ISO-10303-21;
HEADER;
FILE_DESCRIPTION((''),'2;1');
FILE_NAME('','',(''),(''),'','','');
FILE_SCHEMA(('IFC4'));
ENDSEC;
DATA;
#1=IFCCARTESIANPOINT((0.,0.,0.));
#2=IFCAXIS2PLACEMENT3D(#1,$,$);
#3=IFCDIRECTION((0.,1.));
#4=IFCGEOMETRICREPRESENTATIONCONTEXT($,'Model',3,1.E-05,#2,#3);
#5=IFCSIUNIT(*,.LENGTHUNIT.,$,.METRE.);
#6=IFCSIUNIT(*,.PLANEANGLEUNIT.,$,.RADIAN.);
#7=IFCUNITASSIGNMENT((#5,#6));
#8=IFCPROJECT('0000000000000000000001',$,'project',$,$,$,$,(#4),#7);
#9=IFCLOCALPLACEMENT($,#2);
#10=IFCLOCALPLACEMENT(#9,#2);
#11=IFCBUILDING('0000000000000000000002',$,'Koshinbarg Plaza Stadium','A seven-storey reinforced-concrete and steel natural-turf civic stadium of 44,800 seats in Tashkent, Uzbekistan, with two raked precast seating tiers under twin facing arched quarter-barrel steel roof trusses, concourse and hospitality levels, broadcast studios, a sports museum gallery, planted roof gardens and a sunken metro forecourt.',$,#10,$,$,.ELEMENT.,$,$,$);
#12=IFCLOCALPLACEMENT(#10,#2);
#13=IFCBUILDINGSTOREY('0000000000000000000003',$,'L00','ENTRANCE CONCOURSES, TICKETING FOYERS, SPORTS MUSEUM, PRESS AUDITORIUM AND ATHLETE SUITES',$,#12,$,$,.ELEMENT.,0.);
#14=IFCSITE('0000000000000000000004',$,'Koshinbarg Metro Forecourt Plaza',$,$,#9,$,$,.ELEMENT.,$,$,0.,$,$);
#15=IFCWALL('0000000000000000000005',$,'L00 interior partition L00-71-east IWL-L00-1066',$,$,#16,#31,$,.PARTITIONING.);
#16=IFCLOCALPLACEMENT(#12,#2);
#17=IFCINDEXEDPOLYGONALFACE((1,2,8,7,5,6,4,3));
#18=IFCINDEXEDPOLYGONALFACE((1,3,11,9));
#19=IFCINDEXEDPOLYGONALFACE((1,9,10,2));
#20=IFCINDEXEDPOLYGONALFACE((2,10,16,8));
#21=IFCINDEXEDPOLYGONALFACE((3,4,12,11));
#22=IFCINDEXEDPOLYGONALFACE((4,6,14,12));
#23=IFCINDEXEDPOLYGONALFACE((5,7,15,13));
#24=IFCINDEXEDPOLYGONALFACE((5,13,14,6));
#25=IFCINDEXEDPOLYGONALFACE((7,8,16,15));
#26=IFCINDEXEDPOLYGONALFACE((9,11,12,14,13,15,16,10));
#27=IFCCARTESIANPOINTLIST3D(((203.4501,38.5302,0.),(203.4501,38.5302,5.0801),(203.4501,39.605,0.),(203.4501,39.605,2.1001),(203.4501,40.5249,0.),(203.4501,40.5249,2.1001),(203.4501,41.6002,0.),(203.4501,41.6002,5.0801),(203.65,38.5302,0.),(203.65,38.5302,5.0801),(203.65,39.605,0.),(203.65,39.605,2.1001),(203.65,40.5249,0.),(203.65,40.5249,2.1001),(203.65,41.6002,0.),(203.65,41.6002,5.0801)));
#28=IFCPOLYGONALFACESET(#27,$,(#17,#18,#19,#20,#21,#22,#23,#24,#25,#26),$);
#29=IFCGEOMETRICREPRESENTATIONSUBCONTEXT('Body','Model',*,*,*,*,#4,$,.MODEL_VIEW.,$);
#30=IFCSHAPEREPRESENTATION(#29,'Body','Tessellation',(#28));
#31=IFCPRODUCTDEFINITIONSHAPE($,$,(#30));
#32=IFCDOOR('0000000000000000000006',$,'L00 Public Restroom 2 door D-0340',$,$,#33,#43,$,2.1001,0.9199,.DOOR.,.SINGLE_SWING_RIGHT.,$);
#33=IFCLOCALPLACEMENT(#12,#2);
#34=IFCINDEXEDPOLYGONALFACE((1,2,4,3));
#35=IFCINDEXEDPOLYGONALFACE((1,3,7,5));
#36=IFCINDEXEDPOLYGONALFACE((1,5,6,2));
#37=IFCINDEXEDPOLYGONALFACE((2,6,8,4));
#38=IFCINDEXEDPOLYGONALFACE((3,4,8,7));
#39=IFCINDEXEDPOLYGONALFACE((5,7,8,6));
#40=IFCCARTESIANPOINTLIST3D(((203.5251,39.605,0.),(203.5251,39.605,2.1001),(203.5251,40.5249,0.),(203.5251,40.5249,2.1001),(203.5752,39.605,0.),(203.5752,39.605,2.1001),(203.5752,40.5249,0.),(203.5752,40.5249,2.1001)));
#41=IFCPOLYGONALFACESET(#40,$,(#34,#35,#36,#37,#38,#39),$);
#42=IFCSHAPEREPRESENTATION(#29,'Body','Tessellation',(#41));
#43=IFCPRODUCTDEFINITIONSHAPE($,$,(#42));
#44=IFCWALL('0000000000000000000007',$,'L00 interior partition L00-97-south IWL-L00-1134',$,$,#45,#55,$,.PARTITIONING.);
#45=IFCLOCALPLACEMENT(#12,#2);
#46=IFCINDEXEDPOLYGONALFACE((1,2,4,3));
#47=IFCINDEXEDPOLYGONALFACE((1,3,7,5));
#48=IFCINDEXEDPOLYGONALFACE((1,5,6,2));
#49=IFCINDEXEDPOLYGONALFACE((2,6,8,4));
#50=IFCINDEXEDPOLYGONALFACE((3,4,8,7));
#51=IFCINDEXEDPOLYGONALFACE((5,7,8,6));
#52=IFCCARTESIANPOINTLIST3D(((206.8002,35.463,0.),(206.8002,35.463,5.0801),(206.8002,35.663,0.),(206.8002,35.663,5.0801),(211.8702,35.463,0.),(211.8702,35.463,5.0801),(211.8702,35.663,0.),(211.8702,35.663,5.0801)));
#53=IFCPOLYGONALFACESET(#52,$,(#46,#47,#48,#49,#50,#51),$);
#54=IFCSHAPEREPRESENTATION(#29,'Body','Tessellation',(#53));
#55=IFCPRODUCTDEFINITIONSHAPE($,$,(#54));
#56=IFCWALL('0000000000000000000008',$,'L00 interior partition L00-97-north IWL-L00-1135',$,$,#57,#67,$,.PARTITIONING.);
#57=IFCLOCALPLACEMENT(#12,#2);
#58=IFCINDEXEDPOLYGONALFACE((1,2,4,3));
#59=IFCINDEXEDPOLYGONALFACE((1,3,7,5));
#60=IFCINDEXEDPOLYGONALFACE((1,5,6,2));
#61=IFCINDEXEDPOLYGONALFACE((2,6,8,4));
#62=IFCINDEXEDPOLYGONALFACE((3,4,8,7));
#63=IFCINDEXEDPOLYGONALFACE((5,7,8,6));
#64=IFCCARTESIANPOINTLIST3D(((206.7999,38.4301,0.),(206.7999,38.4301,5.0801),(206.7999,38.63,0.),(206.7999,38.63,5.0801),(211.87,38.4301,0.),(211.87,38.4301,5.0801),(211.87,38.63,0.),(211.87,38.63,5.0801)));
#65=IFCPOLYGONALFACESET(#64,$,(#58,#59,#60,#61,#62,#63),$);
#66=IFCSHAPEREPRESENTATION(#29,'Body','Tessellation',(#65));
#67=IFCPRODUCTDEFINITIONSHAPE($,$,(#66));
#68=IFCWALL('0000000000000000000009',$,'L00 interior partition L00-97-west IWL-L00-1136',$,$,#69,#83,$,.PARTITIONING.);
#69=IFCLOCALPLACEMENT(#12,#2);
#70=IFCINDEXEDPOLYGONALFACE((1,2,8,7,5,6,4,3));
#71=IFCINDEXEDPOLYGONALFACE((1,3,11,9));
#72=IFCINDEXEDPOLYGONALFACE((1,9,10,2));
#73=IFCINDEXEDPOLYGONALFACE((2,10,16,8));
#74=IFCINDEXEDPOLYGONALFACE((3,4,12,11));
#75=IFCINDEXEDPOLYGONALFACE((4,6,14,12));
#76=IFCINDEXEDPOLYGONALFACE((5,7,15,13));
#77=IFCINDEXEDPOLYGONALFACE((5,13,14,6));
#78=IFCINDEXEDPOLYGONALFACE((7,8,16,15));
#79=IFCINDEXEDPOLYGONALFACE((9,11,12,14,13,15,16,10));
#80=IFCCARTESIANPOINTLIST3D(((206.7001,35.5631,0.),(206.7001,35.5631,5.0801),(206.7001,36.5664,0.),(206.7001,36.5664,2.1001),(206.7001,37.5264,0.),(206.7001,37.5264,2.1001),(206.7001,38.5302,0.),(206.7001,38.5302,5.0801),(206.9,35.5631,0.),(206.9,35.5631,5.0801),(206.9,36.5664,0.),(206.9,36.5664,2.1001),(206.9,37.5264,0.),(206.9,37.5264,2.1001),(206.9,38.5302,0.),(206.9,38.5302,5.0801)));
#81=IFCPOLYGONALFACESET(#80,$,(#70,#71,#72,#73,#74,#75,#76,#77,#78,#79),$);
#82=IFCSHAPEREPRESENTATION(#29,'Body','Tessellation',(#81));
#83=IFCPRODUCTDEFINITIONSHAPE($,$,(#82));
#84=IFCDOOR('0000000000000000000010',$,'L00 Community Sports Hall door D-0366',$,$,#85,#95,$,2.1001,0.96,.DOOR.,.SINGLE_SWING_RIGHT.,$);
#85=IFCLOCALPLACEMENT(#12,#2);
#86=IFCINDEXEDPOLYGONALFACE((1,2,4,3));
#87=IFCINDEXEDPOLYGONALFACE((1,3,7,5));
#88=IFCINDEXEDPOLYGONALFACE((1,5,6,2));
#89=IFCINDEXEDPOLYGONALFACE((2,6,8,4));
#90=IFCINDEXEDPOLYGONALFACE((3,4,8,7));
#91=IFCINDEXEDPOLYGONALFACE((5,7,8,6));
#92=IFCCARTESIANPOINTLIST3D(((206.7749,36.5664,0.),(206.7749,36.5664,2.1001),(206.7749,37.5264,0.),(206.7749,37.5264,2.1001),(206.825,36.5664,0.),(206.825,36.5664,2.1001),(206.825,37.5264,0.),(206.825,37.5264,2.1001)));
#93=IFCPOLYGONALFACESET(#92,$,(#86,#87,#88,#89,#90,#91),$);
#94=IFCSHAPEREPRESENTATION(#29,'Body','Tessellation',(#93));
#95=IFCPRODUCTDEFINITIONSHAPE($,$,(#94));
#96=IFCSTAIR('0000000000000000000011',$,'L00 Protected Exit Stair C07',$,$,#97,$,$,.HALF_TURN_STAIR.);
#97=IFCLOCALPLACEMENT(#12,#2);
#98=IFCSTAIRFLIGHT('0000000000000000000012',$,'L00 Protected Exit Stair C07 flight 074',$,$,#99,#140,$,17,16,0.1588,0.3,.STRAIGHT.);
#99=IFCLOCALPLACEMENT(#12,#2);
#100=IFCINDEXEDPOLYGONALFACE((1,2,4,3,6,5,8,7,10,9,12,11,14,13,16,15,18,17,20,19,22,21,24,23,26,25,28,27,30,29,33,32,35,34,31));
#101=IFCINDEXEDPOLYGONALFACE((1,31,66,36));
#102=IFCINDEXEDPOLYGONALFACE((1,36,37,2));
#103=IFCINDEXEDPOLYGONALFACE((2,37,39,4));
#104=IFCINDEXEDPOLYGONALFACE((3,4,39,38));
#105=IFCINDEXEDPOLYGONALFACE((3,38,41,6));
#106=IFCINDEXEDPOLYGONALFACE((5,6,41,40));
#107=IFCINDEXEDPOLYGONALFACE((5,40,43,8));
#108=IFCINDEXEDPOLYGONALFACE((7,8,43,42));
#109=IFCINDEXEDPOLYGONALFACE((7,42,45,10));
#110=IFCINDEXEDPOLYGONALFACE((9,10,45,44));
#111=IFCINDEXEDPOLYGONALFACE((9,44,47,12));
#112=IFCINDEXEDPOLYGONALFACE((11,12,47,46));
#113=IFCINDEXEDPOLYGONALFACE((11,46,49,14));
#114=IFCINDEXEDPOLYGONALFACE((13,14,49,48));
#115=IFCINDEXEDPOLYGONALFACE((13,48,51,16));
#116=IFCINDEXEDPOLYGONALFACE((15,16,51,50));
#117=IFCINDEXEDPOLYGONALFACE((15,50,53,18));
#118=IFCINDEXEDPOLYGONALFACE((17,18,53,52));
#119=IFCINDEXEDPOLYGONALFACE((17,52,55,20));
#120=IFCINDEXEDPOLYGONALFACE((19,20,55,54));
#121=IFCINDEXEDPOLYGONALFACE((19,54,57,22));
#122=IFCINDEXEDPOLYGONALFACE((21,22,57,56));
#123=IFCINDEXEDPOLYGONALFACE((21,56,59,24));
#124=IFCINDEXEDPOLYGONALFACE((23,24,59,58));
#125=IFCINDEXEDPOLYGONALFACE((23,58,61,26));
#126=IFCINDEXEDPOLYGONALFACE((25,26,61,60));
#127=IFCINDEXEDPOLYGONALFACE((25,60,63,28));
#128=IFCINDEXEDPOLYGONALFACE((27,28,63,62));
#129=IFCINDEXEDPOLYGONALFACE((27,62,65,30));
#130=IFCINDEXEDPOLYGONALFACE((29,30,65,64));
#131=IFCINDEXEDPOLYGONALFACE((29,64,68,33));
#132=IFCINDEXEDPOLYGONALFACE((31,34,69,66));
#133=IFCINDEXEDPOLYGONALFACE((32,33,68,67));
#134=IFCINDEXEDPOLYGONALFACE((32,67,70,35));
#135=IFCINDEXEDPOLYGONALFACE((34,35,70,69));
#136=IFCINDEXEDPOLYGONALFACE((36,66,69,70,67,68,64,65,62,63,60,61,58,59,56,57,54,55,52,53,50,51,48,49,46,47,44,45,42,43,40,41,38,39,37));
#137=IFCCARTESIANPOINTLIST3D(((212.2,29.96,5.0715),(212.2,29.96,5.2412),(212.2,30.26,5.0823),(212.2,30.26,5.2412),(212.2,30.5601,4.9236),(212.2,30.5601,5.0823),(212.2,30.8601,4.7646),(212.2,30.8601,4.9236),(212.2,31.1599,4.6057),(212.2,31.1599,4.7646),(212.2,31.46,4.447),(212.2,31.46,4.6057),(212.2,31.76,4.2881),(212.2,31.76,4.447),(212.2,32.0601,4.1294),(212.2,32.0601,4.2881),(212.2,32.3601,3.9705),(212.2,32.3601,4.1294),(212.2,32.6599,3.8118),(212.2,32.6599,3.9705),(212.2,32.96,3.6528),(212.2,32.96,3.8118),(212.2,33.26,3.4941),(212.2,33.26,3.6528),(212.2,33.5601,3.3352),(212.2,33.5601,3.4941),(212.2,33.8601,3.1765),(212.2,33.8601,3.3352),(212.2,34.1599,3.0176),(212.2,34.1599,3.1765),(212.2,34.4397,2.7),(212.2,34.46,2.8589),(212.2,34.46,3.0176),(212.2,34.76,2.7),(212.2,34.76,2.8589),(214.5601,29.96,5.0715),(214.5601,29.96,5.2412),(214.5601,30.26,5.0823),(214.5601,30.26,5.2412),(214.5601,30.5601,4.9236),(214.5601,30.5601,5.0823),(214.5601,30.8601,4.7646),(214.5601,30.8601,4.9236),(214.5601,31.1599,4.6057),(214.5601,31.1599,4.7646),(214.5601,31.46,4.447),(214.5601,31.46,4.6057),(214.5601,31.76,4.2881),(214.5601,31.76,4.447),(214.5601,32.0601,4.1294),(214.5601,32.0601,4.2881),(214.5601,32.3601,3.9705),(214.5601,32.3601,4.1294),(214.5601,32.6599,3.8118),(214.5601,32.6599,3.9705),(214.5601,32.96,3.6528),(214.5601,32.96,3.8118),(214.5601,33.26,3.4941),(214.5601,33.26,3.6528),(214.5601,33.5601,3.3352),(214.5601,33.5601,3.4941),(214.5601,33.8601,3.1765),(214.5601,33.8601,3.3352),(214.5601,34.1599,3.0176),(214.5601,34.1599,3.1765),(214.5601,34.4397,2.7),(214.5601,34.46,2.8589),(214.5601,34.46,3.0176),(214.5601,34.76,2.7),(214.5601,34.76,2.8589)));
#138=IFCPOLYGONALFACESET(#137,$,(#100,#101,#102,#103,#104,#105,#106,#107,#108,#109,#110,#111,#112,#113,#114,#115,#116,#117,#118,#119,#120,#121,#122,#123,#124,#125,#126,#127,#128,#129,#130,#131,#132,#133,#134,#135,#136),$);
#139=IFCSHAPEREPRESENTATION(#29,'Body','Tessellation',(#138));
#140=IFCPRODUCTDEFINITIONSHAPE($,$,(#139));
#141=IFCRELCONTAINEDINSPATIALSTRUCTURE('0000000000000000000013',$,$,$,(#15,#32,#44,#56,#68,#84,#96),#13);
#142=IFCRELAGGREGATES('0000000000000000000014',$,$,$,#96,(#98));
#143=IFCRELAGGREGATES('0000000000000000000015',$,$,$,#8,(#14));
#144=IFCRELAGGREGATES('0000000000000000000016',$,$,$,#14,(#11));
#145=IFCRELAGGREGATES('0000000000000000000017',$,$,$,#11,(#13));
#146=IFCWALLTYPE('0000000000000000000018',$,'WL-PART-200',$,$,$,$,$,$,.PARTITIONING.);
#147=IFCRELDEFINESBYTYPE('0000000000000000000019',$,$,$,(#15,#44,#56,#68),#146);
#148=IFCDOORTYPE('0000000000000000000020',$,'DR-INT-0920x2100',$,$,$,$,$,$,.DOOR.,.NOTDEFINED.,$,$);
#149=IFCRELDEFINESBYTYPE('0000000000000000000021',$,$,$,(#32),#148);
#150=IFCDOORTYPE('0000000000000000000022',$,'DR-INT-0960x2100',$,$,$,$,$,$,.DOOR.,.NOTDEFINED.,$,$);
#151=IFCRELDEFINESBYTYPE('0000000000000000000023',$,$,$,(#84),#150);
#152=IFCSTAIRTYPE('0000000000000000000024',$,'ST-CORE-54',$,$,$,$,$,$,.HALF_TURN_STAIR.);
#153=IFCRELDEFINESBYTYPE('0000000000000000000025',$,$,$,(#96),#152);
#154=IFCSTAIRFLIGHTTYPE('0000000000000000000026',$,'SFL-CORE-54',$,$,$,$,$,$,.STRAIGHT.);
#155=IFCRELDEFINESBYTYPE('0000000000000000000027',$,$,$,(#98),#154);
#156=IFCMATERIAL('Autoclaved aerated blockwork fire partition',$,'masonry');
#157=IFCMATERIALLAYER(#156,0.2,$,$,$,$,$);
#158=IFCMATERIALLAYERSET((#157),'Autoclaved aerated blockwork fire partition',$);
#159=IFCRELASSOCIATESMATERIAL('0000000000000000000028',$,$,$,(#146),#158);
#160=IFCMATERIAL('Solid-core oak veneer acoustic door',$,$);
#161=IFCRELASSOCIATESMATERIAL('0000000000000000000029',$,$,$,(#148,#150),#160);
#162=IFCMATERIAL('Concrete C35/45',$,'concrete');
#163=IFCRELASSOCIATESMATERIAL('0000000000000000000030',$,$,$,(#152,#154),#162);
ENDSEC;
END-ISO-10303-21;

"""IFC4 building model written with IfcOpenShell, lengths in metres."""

from ifc_helpers import new_model, si_unit, direction, frame, frame_2d, origin, place, context, subcontext, project, spatial, polyline, rectangle, outline, extrude, material, layer, layer_set, type_object, element, fill, aggregate, save


model = new_model("IFC4")

# Units and contexts
model_context = context("Model", 3, precision=1e-05, world=origin(), true_north=direction((0.0, 1.0)))
body_context = subcontext(model_context, "Body", "Model", "MODEL_VIEW")
ifc_project = project(units=[si_unit("LENGTHUNIT", "METRE"), si_unit("PLANEANGLEUNIT", "RADIAN")], contexts=[model_context])

# Site, building, storey
site_placement = place(None, origin())
site = spatial("IfcSite", under=ifc_project, at=site_placement, Name="Koshinbarg Metro Forecourt Plaza", CompositionType="ELEMENT", RefElevation=0.0)
building_placement = place(site_placement, origin())
building = spatial("IfcBuilding", under=site, at=building_placement, Name="Koshinbarg Plaza Stadium", Description="A seven-storey reinforced-concrete and steel natural-turf civic stadium of 44,800 seats in Tashkent, Uzbekistan, with two raked precast seating tiers under twin facing arched quarter-barrel steel roof trusses, concourse and hospitality levels, broadcast studios, a sports museum gallery, planted roof gardens and a sunken metro forecourt.", CompositionType="ELEMENT")
storey_placement = place(building_placement, origin())
storey = spatial("IfcBuildingStorey", under=building, at=storey_placement, Name="L00", Description="ENTRANCE CONCOURSES, TICKETING FOYERS, SPORTS MUSEUM, PRESS AUDITORIUM AND ATHLETE SUITES", CompositionType="ELEMENT", Elevation=0.0)

# Shared definitions
ifc_material_1 = material(Name="Concrete C35/45", Category="concrete")

# Wall, opening, door
ifc_material_2 = material(Name="Autoclaved aerated blockwork fire partition", Category="masonry")
ifc_layer_1 = layer(ifc_material_2, 0.2)
ifc_layer_set_1 = layer_set([ifc_layer_1], Name="Autoclaved aerated blockwork fire partition")
wall_type_1 = type_object("IfcWallType", Name="WL-PART-200", PredefinedType="PARTITIONING", material=ifc_layer_set_1)
wall_1_placement = place(storey_placement, frame((203.55, 38.53, 0.0), z_axis=(0.0, 0.0, 1.0), x_axis=(0.0, 1.0, 0.0)))
wall_1 = element("IfcWall", 1, at=wall_1_placement, inside=storey, type_object=wall_type_1, Name="L00 interior partition L00-71-east IWL-L00-1066", PredefinedType="PARTITIONING", context=body_context, shape_type="SweptSolid", body=[
    extrude(rectangle(XDim=3.0701, YDim=0.2, at=frame_2d((1.5352, 0.0))), origin(), (0.0, 0.0, 1.0), 5.0801),
])
opening_1_placement = place(wall_1_placement, frame((1.075, 0.0, 0.0)))
opening_1 = element("IfcOpeningElement", 2, at=opening_1_placement, cuts=wall_1, PredefinedType="OPENING", context=body_context, shape_type="SweptSolid", body=[
    extrude(rectangle(XDim=0.9199, YDim=2.1001, at=frame_2d((0.46, 1.05))), frame((0.0, 0.1099, 0.0), z_axis=(0.0, -1.0, 0.0), x_axis=(1.0, 0.0, 0.0)), (0.0, 0.0, 1.0), 0.22),
])
ifc_material_3 = material(Name="Solid-core oak veneer acoustic door")
door_type_1 = type_object("IfcDoorType", Name="DR-INT-0920x2100", OperationType="NOTDEFINED", PredefinedType="DOOR", material=ifc_material_3)
door_1_placement = place(opening_1_placement, origin())
door_1 = element("IfcDoor", 3, at=door_1_placement, inside=storey, type_object=door_type_1, Name="L00 Public Restroom 2 door D-0340", OperationType="SINGLE_SWING_RIGHT", OverallHeight=2.1001, OverallWidth=0.9199, PredefinedType="DOOR", context=body_context, shape_type="SweptSolid", body=[
    extrude(rectangle(XDim=0.9199, YDim=2.1001, at=frame_2d((0.46, 1.05))), frame((0.0, 0.0249, 0.0), z_axis=(0.0, -1.0, 0.0), x_axis=(1.0, 0.0, 0.0)), (0.0, 0.0, 1.0), 0.05),
])
fill(opening_1, door_1)

# Walls
for number, where, z_axis, x_axis, name in (
    (4, (206.8, 35.563, 0.0), (0.0, 0.0, 1.0), (1.0, 0.0, 0.0), "L00 interior partition L00-97-south IWL-L00-1134"),
    (5, (211.8701, 38.53, 0.0), (0.0, 0.0, 1.0), (-1.0, 0.0, 0.0), "L00 interior partition L00-97-north IWL-L00-1135"),
):
    element("IfcWall", number, at=place(storey_placement, frame(where, z_axis=z_axis, x_axis=x_axis)), inside=storey, type_object=wall_type_1, Name=name, PredefinedType="PARTITIONING", context=body_context, shape_type="SweptSolid", body=[
        extrude(rectangle(XDim=5.0701, YDim=0.2, at=frame_2d((2.5352, 0.0))), origin(), (0.0, 0.0, 1.0), 5.0801),
    ])

# Wall, opening, door
wall_2_placement = place(storey_placement, frame((206.8, 38.53, 0.0), z_axis=(0.0, 0.0, 1.0), x_axis=(0.0, -1.0, 0.0)))
wall_2 = element("IfcWall", 6, at=wall_2_placement, inside=storey, type_object=wall_type_1, Name="L00 interior partition L00-97-west IWL-L00-1136", PredefinedType="PARTITIONING", context=body_context, shape_type="SweptSolid", body=[
    extrude(rectangle(XDim=2.967, YDim=0.2, at=frame_2d((1.4834, 0.0))), origin(), (0.0, 0.0, 1.0), 5.0801),
])
opening_2_placement = place(wall_2_placement, frame((1.0037, 0.0, 0.0)))
opening_2 = element("IfcOpeningElement", 7, at=opening_2_placement, cuts=wall_2, PredefinedType="OPENING", context=body_context, shape_type="SweptSolid", body=[
    extrude(rectangle(XDim=0.96, YDim=2.1001, at=frame_2d((0.48, 1.05))), frame((0.0, 0.1099, 0.0), z_axis=(0.0, -1.0, 0.0), x_axis=(1.0, 0.0, 0.0)), (0.0, 0.0, 1.0), 0.22),
])
door_type_2 = type_object("IfcDoorType", Name="DR-INT-0960x2100", OperationType="NOTDEFINED", PredefinedType="DOOR", material=ifc_material_3)
door_2_placement = place(opening_2_placement, origin())
door_2 = element("IfcDoor", 8, at=door_2_placement, inside=storey, type_object=door_type_2, Name="L00 Community Sports Hall door D-0366", OperationType="SINGLE_SWING_RIGHT", OverallHeight=2.1001, OverallWidth=0.96, PredefinedType="DOOR", context=body_context, shape_type="SweptSolid", body=[
    extrude(rectangle(XDim=0.96, YDim=2.1001, at=frame_2d((0.48, 1.05))), frame((0.0, 0.0249, 0.0), z_axis=(0.0, -1.0, 0.0), x_axis=(1.0, 0.0, 0.0)), (0.0, 0.0, 1.0), 0.05),
])
fill(opening_2, door_2)

# Stair, stair flight
stair_type = type_object("IfcStairType", Name="ST-CORE-54", PredefinedType="HALF_TURN_STAIR", material=ifc_material_1)
stair_placement = place(storey_placement, origin())
stair = element("IfcStair", 9, at=stair_placement, inside=storey, type_object=stair_type, Name="L00 Protected Exit Stair C07", PredefinedType="HALF_TURN_STAIR")
stair_flight_type = type_object("IfcStairFlightType", Name="SFL-CORE-54", PredefinedType="STRAIGHT", material=ifc_material_1)
stair_flight_placement = place(storey_placement, frame((213.3799, 34.76, 2.7), z_axis=(0.0, 0.0, 1.0), x_axis=(0.0, -1.0, 0.0)))
stair_flight = element("IfcStairFlight", 10, at=stair_flight_placement, type_object=stair_flight_type, Name="L00 Protected Exit Stair C07 flight 074", NumberOfRisers=17, NumberOfTreads=16, PredefinedType="STRAIGHT", RiserHeight=0.1588, TreadLength=0.3, context=body_context, shape_type="SweptSolid", body=[
    extrude(outline(polyline([(0.0, 0.0), (0.0, 0.1589), (0.3, 0.1589), (0.3, 0.3176), (0.6001, 0.3176), (0.6001, 0.4766), (0.8999, 0.4766), (0.8999, 0.6353), (1.2, 0.6353), (1.2, 0.7942), (1.5, 0.7942), (1.5, 0.9529), (1.8, 0.9529), (1.8, 1.1118), (2.1001, 1.1118), (2.1001, 1.2705), (2.3999, 1.2705), (2.3999, 1.4294), (2.7, 1.4294), (2.7, 1.5881), (3.0, 1.5881), (3.0, 1.7471), (3.3, 1.7471), (3.3, 1.9058), (3.6001, 1.9058), (3.6001, 2.0647), (3.8999, 2.0647), (3.8999, 2.2236), (4.2, 2.2236), (4.2, 2.3823), (4.5, 2.3823), (4.5, 2.5413), (4.8, 2.5413), (4.8, 2.7), (4.8, 2.3716), (0.3203, 0.0), (0.0, 0.0)])), frame((0.0, 1.1802, 0.0), z_axis=(0.0, -1.0, 0.0), x_axis=(1.0, 0.0, 0.0)), (0.0, 0.0, 1.0), 2.3601),
])
aggregate(stair, [stair_flight])

save(model, "model.ifc")
